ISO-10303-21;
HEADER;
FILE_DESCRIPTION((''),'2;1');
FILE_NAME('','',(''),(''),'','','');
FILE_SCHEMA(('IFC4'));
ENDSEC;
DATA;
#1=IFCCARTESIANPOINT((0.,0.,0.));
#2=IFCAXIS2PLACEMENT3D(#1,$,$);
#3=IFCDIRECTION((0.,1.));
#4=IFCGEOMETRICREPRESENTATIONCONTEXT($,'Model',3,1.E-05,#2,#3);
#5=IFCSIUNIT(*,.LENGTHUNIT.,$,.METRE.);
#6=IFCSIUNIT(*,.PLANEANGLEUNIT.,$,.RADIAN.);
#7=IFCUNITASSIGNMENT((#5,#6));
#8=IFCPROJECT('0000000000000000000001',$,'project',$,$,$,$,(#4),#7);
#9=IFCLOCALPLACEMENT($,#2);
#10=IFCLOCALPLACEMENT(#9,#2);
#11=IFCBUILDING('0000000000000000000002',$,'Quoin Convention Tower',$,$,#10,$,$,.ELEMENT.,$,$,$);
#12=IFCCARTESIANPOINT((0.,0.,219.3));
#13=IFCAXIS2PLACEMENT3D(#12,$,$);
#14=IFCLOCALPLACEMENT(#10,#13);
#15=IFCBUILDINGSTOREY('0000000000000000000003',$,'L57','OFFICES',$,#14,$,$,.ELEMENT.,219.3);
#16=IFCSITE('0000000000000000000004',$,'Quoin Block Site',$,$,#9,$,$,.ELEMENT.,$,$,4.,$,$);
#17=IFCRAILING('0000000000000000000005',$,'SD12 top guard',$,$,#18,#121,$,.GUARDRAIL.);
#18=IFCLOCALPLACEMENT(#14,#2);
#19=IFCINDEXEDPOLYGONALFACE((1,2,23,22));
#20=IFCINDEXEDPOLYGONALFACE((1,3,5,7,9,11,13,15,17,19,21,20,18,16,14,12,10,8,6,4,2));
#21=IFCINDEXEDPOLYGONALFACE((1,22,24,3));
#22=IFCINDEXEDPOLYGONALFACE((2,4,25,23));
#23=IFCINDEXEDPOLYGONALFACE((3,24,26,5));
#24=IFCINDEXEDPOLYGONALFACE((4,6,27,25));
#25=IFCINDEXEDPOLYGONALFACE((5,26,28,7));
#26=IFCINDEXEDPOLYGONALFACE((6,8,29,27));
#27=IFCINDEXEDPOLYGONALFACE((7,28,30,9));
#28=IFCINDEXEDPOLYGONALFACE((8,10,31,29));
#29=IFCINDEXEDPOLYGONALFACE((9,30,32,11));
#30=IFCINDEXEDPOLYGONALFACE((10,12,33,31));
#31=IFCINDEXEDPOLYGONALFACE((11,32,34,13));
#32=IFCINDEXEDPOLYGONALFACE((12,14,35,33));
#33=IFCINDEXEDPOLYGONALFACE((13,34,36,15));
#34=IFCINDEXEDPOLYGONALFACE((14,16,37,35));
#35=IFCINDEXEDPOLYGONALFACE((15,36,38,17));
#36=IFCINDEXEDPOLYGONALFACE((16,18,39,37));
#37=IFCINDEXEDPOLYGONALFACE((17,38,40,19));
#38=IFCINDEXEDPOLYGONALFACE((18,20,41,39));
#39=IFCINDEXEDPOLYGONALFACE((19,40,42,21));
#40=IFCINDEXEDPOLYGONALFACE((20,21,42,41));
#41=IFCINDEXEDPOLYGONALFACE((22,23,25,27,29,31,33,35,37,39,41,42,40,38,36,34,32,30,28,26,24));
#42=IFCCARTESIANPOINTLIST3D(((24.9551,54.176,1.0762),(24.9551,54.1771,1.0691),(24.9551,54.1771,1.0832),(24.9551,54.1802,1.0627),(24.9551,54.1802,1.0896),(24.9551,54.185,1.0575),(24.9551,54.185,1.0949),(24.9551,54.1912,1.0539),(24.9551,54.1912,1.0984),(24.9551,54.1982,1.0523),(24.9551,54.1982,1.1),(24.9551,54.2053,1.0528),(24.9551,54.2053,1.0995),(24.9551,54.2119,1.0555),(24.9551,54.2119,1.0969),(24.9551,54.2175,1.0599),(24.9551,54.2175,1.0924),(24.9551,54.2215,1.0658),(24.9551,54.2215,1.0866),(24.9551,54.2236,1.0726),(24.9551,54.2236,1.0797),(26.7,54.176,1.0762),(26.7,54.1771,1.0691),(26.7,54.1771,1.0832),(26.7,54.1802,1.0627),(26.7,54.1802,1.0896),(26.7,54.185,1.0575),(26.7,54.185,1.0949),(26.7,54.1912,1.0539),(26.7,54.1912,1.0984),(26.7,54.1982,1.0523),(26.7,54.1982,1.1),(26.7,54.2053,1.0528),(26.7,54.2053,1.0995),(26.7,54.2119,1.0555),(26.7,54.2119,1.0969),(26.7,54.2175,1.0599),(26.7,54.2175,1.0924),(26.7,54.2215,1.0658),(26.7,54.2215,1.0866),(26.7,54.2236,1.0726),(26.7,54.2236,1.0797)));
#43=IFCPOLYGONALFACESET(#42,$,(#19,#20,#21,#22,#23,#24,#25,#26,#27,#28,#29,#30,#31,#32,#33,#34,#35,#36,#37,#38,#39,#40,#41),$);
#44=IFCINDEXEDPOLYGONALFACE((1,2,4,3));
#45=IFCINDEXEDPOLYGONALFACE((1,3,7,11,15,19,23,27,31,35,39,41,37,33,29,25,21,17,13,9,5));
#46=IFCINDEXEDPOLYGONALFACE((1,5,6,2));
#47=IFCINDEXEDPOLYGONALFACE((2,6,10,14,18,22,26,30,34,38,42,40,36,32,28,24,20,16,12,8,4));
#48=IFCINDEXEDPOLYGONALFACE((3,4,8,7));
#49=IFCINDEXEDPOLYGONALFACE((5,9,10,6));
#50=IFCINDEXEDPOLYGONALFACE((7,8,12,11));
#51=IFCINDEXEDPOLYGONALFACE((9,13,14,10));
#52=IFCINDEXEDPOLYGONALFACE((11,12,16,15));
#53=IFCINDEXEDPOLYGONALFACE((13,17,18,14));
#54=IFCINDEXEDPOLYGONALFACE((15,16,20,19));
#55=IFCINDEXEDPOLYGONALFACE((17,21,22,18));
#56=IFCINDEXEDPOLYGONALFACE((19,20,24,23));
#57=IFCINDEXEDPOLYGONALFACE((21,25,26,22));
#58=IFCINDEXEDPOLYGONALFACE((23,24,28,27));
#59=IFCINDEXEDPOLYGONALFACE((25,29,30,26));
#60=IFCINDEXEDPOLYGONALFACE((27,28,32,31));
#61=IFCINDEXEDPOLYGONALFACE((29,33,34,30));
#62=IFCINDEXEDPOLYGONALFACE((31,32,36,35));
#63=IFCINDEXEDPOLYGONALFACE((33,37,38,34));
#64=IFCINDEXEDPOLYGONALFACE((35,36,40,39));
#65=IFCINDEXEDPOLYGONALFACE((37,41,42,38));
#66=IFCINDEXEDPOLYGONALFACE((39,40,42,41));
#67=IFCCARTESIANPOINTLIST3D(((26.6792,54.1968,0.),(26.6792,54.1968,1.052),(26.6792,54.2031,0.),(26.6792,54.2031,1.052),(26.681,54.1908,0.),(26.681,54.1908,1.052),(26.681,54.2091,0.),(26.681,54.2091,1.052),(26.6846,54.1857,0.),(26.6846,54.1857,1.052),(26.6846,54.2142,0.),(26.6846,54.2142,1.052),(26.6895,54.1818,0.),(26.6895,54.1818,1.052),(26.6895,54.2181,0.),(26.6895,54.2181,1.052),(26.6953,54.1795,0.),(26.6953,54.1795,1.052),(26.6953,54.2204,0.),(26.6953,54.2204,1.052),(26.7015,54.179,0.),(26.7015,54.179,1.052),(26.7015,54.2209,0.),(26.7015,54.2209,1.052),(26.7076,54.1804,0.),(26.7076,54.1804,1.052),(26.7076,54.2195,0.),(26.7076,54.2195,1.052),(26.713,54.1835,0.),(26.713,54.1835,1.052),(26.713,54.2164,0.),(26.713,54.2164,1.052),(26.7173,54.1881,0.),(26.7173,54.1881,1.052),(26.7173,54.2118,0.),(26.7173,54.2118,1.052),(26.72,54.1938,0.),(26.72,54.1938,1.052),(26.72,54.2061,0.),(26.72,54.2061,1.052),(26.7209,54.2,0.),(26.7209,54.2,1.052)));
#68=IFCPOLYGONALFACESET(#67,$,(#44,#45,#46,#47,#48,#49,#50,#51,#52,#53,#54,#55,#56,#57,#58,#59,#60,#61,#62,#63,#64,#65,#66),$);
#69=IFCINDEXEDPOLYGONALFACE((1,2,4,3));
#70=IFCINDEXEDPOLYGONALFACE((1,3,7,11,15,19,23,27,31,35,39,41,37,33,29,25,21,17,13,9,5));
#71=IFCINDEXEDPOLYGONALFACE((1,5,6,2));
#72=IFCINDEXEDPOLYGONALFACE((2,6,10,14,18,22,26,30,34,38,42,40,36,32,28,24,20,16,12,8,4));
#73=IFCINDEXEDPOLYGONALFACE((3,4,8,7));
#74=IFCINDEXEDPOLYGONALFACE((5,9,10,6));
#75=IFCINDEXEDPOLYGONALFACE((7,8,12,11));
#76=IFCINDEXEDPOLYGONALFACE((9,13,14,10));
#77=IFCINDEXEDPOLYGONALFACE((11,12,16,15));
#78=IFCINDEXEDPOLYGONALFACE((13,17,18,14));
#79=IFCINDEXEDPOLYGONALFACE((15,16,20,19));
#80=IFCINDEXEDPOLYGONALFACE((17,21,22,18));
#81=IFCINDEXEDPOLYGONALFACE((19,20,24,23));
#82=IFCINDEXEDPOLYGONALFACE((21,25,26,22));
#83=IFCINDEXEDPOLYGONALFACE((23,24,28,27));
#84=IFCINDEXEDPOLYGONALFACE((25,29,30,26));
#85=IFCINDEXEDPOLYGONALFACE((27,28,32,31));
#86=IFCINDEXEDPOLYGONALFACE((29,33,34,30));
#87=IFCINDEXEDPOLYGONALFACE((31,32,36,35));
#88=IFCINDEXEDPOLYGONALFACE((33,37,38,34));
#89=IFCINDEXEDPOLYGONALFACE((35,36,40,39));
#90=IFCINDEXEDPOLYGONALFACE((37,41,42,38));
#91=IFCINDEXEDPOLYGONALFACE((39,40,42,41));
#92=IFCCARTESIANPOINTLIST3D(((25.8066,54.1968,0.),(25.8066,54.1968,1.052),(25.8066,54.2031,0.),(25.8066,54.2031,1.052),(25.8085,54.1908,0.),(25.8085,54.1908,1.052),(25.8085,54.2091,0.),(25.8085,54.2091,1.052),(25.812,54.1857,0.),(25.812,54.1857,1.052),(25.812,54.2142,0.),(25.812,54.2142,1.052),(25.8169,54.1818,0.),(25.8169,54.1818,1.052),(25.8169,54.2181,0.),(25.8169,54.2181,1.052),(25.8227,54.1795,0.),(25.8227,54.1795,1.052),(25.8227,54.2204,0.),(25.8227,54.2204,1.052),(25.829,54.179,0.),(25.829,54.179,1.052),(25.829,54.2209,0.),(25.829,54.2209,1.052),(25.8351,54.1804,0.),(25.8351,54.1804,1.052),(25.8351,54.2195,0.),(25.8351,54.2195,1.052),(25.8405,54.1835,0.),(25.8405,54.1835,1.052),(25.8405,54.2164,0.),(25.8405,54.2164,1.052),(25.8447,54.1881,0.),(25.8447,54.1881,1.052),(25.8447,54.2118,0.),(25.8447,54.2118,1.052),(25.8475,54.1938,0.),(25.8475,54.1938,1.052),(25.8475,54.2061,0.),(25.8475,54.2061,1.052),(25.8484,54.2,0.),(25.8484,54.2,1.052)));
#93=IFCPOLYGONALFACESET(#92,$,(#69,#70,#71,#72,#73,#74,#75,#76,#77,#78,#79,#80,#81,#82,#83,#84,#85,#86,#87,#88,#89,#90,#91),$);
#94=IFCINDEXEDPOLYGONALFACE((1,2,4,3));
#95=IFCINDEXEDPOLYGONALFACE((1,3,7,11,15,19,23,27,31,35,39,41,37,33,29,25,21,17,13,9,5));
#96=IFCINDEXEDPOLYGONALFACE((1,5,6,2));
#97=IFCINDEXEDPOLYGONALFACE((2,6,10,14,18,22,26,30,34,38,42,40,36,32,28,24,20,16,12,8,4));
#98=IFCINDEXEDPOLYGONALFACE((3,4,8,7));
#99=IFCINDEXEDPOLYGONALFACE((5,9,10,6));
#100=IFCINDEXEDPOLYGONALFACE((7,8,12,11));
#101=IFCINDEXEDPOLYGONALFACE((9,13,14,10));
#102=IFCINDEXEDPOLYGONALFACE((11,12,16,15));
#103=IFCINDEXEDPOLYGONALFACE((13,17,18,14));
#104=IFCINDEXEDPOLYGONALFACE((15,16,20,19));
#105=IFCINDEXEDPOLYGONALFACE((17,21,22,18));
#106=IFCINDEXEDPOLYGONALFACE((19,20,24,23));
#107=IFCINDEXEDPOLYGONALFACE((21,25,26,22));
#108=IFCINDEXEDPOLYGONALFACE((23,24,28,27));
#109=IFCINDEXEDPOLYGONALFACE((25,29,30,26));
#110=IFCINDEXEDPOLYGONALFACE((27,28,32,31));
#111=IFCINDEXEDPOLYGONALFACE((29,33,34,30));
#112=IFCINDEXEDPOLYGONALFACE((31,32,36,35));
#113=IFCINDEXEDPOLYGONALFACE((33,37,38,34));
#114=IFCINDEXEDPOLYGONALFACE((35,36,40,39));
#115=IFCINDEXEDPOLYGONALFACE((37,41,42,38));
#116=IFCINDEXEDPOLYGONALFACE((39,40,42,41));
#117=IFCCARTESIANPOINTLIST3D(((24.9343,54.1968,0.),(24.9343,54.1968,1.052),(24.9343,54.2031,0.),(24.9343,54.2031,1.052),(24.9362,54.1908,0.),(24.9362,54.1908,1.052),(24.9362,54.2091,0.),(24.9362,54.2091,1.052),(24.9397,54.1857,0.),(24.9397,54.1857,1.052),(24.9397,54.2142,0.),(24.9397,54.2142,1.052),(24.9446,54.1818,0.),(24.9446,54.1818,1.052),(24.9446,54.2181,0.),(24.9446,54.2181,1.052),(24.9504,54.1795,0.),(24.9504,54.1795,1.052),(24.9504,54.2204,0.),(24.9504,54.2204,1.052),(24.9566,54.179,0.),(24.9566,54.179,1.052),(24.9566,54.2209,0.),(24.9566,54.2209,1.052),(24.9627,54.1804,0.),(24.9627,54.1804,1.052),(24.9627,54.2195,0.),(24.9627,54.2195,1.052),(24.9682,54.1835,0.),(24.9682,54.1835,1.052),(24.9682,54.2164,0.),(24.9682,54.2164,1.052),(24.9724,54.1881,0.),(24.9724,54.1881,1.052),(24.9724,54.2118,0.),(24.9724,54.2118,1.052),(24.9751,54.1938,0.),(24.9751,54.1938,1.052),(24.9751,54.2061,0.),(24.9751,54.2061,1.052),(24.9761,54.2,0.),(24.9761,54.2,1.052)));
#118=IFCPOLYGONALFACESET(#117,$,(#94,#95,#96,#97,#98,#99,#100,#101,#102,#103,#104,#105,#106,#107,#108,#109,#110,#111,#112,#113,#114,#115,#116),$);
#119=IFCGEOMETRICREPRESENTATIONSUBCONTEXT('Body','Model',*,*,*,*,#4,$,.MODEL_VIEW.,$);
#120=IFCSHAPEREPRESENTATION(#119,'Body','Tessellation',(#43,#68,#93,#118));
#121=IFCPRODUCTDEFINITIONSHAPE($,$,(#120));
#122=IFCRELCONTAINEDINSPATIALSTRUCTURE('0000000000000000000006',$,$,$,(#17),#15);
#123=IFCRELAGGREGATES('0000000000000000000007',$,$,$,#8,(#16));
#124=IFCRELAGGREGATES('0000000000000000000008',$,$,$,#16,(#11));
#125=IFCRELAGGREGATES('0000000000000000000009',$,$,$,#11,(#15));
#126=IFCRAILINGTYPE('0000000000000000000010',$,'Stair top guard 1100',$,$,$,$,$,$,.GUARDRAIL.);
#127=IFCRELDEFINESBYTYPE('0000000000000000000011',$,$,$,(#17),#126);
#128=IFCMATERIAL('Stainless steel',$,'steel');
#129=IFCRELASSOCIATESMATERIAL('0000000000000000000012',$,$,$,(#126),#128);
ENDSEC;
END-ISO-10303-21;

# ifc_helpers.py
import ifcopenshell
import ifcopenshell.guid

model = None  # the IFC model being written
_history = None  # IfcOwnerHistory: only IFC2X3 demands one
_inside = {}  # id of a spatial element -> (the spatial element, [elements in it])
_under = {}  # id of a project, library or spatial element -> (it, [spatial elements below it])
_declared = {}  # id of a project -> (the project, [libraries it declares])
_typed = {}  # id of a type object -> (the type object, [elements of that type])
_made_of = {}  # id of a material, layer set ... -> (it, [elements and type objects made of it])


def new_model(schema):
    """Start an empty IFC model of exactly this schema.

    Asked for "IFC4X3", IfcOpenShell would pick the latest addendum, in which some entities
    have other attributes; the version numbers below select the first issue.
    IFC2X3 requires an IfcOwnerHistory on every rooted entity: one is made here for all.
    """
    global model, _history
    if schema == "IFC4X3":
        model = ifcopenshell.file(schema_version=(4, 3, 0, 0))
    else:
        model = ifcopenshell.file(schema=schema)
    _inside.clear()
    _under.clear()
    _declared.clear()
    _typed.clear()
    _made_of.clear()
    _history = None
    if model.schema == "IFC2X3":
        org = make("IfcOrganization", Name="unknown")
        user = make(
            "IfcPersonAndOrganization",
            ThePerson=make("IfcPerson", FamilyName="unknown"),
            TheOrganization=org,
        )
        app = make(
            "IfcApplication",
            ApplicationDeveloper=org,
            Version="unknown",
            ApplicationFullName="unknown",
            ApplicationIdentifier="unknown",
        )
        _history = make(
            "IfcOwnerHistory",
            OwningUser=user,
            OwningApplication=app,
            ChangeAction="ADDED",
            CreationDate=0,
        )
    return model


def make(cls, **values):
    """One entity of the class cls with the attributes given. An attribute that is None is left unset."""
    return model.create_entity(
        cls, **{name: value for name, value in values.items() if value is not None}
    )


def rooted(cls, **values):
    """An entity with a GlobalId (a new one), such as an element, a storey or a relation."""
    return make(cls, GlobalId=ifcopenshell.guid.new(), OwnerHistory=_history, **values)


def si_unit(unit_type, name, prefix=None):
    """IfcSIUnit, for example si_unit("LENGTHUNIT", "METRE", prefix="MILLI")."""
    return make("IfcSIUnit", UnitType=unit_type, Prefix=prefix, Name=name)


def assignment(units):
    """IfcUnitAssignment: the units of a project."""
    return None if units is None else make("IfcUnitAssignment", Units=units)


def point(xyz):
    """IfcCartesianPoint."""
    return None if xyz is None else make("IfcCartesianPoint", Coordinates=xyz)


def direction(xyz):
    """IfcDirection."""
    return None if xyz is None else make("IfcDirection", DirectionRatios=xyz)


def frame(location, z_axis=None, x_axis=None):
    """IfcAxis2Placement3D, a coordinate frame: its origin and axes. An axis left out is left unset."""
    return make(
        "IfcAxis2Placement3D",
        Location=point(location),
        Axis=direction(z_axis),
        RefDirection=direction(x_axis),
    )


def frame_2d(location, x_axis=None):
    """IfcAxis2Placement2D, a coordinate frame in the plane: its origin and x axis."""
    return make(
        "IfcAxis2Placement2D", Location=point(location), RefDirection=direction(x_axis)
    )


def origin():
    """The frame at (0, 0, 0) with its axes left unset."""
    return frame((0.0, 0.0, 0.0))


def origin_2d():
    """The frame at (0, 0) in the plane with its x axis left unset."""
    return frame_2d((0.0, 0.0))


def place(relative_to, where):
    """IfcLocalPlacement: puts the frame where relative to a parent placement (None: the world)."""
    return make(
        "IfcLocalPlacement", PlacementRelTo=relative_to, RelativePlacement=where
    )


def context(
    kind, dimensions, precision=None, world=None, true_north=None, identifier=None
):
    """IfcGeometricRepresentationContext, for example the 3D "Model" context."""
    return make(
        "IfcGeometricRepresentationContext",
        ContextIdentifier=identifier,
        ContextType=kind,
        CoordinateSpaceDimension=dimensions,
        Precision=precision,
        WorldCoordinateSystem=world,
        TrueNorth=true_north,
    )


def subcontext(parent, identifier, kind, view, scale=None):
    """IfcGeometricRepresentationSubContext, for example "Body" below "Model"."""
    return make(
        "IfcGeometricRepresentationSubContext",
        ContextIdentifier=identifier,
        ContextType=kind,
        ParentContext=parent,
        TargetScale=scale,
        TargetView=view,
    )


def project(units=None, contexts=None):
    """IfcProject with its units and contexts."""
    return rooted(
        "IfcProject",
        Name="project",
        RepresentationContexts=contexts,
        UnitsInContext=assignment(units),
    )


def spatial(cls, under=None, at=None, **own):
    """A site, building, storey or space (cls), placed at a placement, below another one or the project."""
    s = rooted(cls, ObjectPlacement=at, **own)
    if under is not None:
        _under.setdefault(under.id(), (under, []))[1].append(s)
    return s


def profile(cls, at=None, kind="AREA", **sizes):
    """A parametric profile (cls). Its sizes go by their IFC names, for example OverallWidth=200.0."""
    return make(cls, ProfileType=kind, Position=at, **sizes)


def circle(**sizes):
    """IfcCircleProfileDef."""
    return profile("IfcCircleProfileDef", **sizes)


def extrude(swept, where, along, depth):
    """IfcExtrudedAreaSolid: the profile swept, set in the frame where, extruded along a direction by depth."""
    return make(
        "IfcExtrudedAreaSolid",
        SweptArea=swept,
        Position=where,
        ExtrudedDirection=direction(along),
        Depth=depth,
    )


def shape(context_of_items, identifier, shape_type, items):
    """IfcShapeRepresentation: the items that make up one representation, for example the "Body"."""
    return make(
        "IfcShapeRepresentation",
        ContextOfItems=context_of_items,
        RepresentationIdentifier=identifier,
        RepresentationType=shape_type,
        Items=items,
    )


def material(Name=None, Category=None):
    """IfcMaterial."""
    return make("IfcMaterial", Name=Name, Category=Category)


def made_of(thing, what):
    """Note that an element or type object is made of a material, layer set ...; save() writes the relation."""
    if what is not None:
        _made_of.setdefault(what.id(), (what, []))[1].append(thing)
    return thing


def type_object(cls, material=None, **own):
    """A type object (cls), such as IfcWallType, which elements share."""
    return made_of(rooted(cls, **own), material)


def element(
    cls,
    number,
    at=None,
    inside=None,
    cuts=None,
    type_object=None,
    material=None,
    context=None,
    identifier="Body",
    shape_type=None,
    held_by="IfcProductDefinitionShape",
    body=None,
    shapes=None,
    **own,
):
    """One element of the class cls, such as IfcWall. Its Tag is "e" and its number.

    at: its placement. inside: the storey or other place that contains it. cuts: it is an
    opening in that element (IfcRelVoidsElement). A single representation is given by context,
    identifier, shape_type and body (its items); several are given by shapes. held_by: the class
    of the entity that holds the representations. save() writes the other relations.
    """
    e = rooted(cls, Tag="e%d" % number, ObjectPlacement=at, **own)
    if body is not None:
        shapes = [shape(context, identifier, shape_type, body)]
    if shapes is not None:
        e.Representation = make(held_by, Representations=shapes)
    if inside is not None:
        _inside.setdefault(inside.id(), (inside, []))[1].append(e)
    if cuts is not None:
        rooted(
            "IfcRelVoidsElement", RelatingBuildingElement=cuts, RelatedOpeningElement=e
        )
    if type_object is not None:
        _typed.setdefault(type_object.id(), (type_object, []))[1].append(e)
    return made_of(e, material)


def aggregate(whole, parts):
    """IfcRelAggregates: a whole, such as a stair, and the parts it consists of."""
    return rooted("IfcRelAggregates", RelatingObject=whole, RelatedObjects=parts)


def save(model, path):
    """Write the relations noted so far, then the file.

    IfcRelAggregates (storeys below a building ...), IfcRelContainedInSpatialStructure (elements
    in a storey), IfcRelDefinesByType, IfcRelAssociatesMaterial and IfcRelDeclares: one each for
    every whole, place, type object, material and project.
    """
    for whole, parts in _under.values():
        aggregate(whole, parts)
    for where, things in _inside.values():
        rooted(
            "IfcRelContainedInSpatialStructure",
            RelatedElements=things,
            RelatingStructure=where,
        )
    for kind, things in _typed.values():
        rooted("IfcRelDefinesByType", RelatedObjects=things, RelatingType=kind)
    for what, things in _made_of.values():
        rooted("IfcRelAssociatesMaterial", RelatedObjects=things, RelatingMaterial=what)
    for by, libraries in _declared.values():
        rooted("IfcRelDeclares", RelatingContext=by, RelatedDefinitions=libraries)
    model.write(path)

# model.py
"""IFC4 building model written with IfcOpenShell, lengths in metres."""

from ifc_helpers import new_model, si_unit, direction, frame, origin, origin_2d, place, context, subcontext, project, spatial, circle, extrude, material, type_object, element, save


model = new_model("IFC4")

# Units and contexts
model_context = context("Model", 3, precision=1e-05, world=origin(), true_north=direction((0.0, 1.0)))
body_context = subcontext(model_context, "Body", "Model", "MODEL_VIEW")
ifc_project = project(units=[si_unit("LENGTHUNIT", "METRE"), si_unit("PLANEANGLEUNIT", "RADIAN")], contexts=[model_context])

# Site, building, storey
site_placement = place(None, origin())
site = spatial("IfcSite", under=ifc_project, at=site_placement, Name="Quoin Block Site", CompositionType="ELEMENT", RefElevation=4.0)
building_placement = place(site_placement, origin())
building = spatial("IfcBuilding", under=site, at=building_placement, Name="Quoin Convention Tower", CompositionType="ELEMENT")
storey_placement = place(building_placement, frame((0.0, 0.0, 219.3)))
storey = spatial("IfcBuildingStorey", under=building, at=storey_placement, Name="L57", Description="OFFICES", CompositionType="ELEMENT", Elevation=219.3)

# Railing
ifc_material_1 = material(Name="Stainless steel", Category="steel")
railing_type_1 = type_object("IfcRailingType", Name="Stair top guard 1100", PredefinedType="GUARDRAIL", material=ifc_material_1)
for number, where, name in (
    (1, (26.7, 54.2, 0.0), "SD12 top guard"),
):
    element("IfcRailing", number, at=place(storey_placement, frame(where)), inside=storey, type_object=railing_type_1, Name=name, PredefinedType="GUARDRAIL", context=body_context, shape_type="SweptSolid", body=[
        extrude(circle(Radius=0.0239, at=origin_2d()), frame((0.0, 0.0, 1.0762), z_axis=(-1.0, 0.0, 0.0), x_axis=(0.0, -1.0, 0.0)), (0.0, 0.0, 1.0), 1.7449),
        extrude(circle(Radius=0.021, at=origin_2d()), origin(), (0.0, 0.0, 1.0), 1.052),
        extrude(circle(Radius=0.021, at=origin_2d()), frame((-0.8726, 0.0, 0.0)), (0.0, 0.0, 1.0), 1.052),
        extrude(circle(Radius=0.021, at=origin_2d()), frame((-1.7449, 0.0, 0.0)), (0.0, 0.0, 1.0), 1.052),
    ])

save(model, "model.ifc")
